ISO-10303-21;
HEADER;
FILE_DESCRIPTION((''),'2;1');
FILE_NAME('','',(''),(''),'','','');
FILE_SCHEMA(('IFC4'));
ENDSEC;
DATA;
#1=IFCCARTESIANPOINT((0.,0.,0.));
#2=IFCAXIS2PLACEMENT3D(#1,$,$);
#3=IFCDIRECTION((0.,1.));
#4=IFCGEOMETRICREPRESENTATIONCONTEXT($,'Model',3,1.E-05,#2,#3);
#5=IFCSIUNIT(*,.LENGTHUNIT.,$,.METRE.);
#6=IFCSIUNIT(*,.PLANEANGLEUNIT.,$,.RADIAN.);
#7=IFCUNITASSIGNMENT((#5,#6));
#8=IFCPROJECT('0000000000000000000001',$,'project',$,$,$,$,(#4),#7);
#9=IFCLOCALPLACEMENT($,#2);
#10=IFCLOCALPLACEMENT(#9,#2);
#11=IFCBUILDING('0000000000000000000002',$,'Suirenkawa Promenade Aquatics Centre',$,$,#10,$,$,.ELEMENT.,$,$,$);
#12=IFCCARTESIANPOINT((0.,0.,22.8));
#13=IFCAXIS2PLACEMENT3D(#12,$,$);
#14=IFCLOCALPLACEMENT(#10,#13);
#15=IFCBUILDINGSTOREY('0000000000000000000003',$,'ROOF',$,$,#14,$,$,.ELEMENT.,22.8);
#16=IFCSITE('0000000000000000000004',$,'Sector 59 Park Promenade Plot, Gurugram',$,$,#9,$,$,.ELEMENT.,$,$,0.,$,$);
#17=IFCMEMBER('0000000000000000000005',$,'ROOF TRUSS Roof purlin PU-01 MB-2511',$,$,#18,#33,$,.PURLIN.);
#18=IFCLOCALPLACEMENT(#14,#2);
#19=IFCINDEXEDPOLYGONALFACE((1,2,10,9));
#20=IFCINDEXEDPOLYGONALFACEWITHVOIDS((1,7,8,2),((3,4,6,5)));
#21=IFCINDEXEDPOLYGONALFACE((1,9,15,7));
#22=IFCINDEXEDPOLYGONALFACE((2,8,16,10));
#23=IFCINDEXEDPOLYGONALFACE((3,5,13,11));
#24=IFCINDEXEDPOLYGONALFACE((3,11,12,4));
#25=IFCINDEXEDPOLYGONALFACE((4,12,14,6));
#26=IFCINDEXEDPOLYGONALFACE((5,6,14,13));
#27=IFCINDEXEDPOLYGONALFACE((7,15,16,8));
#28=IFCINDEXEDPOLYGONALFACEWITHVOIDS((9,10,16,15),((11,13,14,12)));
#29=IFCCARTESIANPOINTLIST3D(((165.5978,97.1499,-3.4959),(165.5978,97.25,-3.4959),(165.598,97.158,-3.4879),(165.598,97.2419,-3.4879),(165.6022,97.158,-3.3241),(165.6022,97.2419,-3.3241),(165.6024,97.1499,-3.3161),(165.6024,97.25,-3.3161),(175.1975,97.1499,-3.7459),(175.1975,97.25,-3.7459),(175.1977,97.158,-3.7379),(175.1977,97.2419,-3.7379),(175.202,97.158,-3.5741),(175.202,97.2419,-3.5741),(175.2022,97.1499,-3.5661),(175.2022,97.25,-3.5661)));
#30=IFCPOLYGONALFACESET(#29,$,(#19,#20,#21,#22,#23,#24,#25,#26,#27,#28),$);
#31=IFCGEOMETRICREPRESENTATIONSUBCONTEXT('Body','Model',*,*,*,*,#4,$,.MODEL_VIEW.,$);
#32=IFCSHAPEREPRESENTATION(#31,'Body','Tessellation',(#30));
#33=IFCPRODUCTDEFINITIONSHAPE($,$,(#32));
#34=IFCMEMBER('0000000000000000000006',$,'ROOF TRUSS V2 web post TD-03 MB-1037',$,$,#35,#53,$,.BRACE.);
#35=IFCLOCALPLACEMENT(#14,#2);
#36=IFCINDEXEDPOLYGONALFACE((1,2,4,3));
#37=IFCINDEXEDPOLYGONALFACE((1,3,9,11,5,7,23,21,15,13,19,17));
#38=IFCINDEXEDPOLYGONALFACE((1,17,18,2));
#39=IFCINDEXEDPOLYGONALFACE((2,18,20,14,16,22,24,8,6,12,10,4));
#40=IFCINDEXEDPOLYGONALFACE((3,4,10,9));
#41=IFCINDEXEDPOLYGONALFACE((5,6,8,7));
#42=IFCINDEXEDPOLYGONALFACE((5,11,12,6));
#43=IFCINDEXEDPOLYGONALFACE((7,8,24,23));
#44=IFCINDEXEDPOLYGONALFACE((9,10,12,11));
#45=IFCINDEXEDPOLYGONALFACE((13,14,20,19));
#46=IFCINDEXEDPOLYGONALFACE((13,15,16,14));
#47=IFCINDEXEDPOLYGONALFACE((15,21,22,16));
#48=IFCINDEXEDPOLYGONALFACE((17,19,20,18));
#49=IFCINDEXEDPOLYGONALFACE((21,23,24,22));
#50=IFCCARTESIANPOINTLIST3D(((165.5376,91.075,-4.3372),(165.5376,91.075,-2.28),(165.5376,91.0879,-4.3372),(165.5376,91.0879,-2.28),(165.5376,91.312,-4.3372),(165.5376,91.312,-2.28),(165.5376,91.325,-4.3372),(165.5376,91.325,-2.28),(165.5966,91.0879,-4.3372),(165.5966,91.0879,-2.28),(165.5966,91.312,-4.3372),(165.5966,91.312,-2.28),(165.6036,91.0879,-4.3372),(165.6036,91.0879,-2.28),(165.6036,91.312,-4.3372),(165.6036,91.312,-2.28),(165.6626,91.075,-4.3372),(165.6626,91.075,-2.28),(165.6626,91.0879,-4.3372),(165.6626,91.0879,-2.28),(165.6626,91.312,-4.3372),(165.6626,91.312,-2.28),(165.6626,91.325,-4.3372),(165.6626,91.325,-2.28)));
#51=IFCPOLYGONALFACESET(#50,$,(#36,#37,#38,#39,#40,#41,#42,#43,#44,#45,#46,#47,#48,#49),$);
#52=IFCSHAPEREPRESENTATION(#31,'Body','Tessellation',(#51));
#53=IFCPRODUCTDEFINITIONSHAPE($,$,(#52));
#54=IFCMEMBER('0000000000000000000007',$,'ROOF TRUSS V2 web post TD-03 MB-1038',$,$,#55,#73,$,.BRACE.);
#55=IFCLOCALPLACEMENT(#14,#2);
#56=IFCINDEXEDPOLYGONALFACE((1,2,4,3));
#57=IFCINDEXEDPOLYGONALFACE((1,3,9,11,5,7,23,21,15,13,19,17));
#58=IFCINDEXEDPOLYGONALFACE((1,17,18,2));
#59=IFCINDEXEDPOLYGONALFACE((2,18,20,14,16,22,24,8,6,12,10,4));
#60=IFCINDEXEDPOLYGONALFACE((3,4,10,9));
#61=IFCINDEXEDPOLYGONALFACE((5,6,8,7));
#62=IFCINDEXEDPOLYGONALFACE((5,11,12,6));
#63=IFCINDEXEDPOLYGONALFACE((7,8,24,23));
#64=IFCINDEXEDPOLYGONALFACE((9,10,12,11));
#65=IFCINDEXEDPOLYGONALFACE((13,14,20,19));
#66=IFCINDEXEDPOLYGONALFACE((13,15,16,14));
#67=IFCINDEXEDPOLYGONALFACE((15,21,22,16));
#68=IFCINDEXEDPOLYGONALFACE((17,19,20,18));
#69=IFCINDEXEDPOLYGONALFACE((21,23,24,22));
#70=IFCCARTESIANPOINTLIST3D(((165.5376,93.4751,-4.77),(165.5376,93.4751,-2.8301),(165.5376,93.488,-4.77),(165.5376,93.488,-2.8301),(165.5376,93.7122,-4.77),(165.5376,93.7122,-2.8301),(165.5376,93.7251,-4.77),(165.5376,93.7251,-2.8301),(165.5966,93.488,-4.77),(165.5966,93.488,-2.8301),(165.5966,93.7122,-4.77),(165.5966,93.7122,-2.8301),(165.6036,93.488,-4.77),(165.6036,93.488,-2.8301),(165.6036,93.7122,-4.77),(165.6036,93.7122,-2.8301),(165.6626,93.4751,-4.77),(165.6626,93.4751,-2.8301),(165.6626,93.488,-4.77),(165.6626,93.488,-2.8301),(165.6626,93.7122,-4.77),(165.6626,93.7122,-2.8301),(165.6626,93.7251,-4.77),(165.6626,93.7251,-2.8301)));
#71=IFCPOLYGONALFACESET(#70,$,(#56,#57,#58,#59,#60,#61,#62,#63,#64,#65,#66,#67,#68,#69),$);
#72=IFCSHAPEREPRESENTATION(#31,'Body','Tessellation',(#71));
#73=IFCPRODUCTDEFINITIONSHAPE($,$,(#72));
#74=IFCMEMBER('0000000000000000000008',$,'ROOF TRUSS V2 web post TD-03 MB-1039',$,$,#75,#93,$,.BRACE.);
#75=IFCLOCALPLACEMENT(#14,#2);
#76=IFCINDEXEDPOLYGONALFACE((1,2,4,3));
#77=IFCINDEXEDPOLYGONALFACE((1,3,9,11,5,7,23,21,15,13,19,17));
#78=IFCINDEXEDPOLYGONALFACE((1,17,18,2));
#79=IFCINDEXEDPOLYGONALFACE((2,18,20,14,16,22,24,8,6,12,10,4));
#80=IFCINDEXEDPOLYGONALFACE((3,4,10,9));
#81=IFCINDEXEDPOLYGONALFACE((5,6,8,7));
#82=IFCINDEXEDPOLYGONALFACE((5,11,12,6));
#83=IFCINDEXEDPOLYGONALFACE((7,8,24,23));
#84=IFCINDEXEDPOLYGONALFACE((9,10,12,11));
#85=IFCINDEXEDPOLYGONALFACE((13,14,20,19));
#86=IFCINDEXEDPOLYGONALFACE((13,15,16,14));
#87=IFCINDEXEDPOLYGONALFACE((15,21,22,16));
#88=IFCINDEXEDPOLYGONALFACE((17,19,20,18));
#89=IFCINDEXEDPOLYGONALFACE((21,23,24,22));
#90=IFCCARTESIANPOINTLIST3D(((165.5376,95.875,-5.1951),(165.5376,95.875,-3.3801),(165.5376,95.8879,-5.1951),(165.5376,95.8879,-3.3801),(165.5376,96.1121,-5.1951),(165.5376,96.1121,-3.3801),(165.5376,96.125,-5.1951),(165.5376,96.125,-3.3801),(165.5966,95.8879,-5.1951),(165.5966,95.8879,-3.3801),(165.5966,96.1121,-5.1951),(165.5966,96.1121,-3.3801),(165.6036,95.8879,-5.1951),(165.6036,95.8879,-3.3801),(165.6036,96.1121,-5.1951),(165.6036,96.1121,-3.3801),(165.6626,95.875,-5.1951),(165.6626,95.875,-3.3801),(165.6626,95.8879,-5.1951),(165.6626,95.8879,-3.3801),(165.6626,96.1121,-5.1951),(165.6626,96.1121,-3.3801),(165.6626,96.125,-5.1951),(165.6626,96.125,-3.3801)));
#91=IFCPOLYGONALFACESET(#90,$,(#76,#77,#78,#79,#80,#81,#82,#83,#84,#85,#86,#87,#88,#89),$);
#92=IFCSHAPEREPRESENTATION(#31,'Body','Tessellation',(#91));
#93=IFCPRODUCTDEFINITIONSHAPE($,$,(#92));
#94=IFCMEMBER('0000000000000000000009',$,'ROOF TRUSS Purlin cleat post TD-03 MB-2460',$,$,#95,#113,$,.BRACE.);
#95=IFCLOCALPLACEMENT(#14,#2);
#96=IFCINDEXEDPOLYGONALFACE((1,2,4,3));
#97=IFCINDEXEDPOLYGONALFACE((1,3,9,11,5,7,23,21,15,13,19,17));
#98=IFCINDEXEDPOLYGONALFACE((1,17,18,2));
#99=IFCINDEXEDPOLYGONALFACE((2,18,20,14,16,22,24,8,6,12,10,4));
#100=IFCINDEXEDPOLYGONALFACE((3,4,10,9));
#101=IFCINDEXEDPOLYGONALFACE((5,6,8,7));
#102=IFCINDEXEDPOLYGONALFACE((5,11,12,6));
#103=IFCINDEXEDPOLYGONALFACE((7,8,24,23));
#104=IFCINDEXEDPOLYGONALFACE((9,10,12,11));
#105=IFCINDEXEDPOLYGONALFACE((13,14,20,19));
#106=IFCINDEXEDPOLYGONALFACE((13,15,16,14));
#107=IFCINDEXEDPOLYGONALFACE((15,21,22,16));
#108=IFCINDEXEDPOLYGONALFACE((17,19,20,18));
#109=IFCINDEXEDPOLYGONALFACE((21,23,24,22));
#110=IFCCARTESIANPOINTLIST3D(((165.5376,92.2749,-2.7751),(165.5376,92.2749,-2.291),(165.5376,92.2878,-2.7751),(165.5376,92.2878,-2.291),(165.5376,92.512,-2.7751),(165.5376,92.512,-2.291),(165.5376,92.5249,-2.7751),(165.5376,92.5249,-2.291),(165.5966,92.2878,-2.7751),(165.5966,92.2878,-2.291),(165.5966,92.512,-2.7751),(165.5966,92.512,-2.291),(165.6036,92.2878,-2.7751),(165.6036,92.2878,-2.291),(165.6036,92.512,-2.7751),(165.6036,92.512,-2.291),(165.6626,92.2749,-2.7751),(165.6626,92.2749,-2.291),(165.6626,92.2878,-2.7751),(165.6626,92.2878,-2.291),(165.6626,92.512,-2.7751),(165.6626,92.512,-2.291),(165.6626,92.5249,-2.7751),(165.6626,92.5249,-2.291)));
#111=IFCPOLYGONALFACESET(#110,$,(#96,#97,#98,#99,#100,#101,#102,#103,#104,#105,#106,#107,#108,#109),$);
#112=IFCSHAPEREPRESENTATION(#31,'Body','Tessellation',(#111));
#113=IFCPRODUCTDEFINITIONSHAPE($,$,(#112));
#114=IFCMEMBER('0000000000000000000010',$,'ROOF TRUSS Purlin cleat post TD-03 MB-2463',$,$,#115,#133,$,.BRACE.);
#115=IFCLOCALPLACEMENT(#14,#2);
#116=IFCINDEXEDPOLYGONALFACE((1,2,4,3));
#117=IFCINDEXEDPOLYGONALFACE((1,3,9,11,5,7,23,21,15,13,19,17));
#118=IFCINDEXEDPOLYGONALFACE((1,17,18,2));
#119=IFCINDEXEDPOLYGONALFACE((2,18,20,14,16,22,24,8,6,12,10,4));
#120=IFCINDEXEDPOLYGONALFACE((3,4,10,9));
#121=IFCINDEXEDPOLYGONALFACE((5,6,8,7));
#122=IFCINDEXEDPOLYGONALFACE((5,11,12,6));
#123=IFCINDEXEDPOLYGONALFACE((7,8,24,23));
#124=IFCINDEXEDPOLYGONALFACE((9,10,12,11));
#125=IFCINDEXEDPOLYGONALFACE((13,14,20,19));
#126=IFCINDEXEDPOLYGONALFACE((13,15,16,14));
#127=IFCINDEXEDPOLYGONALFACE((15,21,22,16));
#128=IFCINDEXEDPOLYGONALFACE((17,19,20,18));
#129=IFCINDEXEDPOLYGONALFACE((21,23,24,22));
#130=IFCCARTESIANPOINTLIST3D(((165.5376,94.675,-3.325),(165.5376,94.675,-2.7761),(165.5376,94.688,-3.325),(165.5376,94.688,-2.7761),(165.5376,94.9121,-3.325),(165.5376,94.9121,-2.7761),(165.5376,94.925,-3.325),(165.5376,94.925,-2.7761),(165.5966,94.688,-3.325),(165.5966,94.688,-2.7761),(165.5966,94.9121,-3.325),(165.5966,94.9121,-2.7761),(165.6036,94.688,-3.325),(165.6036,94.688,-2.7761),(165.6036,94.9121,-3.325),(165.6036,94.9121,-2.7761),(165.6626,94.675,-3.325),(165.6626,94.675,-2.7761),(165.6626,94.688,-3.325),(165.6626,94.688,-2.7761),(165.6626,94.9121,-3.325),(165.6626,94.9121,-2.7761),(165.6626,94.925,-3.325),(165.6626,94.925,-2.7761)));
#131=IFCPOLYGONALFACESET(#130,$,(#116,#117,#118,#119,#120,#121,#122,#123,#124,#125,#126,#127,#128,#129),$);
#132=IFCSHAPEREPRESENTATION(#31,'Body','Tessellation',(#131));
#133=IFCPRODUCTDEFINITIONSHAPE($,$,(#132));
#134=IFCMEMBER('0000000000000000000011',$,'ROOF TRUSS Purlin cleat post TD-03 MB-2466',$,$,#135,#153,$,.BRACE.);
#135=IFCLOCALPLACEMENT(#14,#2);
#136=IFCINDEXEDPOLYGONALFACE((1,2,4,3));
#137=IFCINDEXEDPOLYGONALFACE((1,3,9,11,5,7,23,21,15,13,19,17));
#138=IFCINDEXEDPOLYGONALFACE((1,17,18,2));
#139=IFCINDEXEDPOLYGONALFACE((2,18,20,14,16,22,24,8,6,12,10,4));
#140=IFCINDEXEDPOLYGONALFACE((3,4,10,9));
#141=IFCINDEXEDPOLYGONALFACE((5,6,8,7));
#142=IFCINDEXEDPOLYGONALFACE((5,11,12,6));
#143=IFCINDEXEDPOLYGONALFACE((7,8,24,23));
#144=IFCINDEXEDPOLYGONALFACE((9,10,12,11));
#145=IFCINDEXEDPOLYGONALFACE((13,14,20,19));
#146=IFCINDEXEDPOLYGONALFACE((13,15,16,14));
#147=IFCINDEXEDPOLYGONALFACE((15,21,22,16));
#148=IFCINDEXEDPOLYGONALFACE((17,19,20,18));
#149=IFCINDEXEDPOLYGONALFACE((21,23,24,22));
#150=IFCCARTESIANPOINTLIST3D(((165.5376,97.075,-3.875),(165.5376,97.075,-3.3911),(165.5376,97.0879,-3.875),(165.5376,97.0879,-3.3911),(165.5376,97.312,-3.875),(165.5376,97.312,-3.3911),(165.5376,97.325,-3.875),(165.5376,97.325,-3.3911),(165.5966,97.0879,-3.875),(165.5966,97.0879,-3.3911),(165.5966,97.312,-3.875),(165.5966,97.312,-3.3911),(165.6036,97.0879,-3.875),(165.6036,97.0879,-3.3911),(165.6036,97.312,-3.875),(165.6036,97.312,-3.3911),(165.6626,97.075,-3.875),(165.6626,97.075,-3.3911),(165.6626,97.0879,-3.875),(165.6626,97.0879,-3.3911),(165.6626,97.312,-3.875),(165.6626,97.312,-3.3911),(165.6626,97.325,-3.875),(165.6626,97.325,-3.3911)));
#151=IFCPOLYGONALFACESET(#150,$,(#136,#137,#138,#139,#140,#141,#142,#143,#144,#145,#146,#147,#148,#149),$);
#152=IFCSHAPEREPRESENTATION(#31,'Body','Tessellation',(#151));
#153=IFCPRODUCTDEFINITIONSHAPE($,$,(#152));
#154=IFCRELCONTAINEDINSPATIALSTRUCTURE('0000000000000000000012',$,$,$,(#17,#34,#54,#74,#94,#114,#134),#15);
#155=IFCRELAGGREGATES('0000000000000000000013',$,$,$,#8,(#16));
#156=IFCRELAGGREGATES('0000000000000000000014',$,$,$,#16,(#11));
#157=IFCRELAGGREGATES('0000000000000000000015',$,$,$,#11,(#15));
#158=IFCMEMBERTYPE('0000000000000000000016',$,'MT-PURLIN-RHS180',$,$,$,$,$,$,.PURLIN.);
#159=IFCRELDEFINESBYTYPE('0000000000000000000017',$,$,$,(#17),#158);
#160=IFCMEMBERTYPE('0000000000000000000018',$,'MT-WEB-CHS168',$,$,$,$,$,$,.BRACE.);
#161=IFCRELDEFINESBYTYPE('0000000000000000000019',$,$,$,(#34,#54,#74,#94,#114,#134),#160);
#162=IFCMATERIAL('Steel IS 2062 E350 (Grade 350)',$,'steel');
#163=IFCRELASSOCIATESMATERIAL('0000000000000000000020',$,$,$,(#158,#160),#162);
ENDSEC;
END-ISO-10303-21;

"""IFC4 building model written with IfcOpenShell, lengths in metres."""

from ifc_helpers import new_model, si_unit, direction, frame, origin, origin_2d, place, context, subcontext, project, spatial, hollow_rectangle, i_section, extrude, material, material_profile, profile_set, type_object, element, save


model = new_model("IFC4")

# Units and contexts
model_context = context("Model", 3, precision=1e-05, world=origin(), true_north=direction((0.0, 1.0)))
body_context = subcontext(model_context, "Body", "Model", "MODEL_VIEW")
ifc_project = project(units=[si_unit("LENGTHUNIT", "METRE"), si_unit("PLANEANGLEUNIT", "RADIAN")], contexts=[model_context])

# Site, building, storey
site_placement = place(None, origin())
site = spatial("IfcSite", under=ifc_project, at=site_placement, Name="Sector 59 Park Promenade Plot, Gurugram", CompositionType="ELEMENT", RefElevation=0.0)
building_placement = place(site_placement, origin())
building = spatial("IfcBuilding", under=site, at=building_placement, Name="Suirenkawa Promenade Aquatics Centre", CompositionType="ELEMENT")
storey_placement = place(building_placement, frame((0.0, 0.0, 22.8)))
storey = spatial("IfcBuildingStorey", under=building, at=storey_placement, Name="ROOF", CompositionType="ELEMENT", Elevation=22.8)

# Shared definitions
ifc_material = material(Name="Steel IS 2062 E350 (Grade 350)", Category="steel")

# Members
ifc_material_profile_1 = material_profile(ifc_material, hollow_rectangle(XDim=0.1001, YDim=0.1799, WallThickness=0.0081, at=origin_2d()), Name="RHS 180x100x8", Category="steel")
ifc_profile_set_1 = profile_set([ifc_material_profile_1], Name="Steel IS 2062 E350 (Grade 350)")
member_type_1 = type_object("IfcMemberType", Name="MT-PURLIN-RHS180", PredefinedType="PURLIN", material=ifc_profile_set_1)
for number, where, z_axis, x_axis, name in (
    (1, (165.6001, 97.2, -3.406), (0.999661, 0.0, -0.026033), (0.0, 1.0, 0.0), "ROOF TRUSS Roof purlin PU-01 MB-2511"),
):
    element("IfcMember", number, at=place(storey_placement, frame(where, z_axis=z_axis, x_axis=x_axis)), inside=storey, type_object=member_type_1, Name=name, PredefinedType="PURLIN", context=body_context, shape_type="SweptSolid", body=[
        extrude(hollow_rectangle(XDim=0.1001, YDim=0.1799, WallThickness=0.0081, at=origin_2d()), origin(), (0.0, 0.0, 1.0), 9.603),
    ])
ifc_material_profile_2 = material_profile(ifc_material, i_section(OverallWidth=0.125, OverallDepth=0.25, WebThickness=0.0071, FlangeThickness=0.0129, at=origin_2d()), Name="ISMB 250", Category="steel")
ifc_profile_set_2 = profile_set([ifc_material_profile_2], Name="Steel IS 2062 E350 (Grade 350)")
member_type_2 = type_object("IfcMemberType", Name="MT-WEB-CHS168", PredefinedType="BRACE", material=ifc_profile_set_2)
member_1_placement = place(storey_placement, frame((165.6001, 91.2, -4.3372), z_axis=(0.0, 0.0, 1.0), x_axis=(1.0, 0.0, 0.0)))
element("IfcMember", 2, at=member_1_placement, inside=storey, type_object=member_type_2, Name="ROOF TRUSS V2 web post TD-03 MB-1037", PredefinedType="BRACE", context=body_context, shape_type="SweptSolid", body=[
    extrude(i_section(OverallWidth=0.125, OverallDepth=0.25, WebThickness=0.0071, FlangeThickness=0.0129, at=origin_2d()), origin(), (0.0, 0.0, 1.0), 2.0571),
])
member_2_placement = place(storey_placement, frame((165.6001, 93.6001, -4.77), z_axis=(0.0, 0.0, 1.0), x_axis=(1.0, 0.0, 0.0)))
element("IfcMember", 3, at=member_2_placement, inside=storey, type_object=member_type_2, Name="ROOF TRUSS V2 web post TD-03 MB-1038", PredefinedType="BRACE", context=body_context, shape_type="SweptSolid", body=[
    extrude(i_section(OverallWidth=0.125, OverallDepth=0.25, WebThickness=0.0071, FlangeThickness=0.0129, at=origin_2d()), origin(), (0.0, 0.0, 1.0), 1.9399),
])
member_3_placement = place(storey_placement, frame((165.6001, 96.0, -5.1951), z_axis=(0.0, 0.0, 1.0), x_axis=(1.0, 0.0, 0.0)))
element("IfcMember", 4, at=member_3_placement, inside=storey, type_object=member_type_2, Name="ROOF TRUSS V2 web post TD-03 MB-1039", PredefinedType="BRACE", context=body_context, shape_type="SweptSolid", body=[
    extrude(i_section(OverallWidth=0.125, OverallDepth=0.25, WebThickness=0.0071, FlangeThickness=0.0129, at=origin_2d()), origin(), (0.0, 0.0, 1.0), 1.8149),
])
member_4_placement = place(storey_placement, frame((165.6001, 92.3999, -2.7751), z_axis=(0.0, 0.0, 1.0), x_axis=(1.0, 0.0, 0.0)))
element("IfcMember", 5, at=member_4_placement, inside=storey, type_object=member_type_2, Name="ROOF TRUSS Purlin cleat post TD-03 MB-2460", PredefinedType="BRACE", context=body_context, shape_type="SweptSolid", body=[
    extrude(i_section(OverallWidth=0.125, OverallDepth=0.25, WebThickness=0.0071, FlangeThickness=0.0129, at=origin_2d()), origin(), (0.0, 0.0, 1.0), 0.4841),
])
member_5_placement = place(storey_placement, frame((165.6001, 94.8, -3.325), z_axis=(0.0, 0.0, 1.0), x_axis=(1.0, 0.0, 0.0)))
element("IfcMember", 6, at=member_5_placement, inside=storey, type_object=member_type_2, Name="ROOF TRUSS Purlin cleat post TD-03 MB-2463", PredefinedType="BRACE", context=body_context, shape_type="SweptSolid", body=[
    extrude(i_section(OverallWidth=0.125, OverallDepth=0.25, WebThickness=0.0071, FlangeThickness=0.0129, at=origin_2d()), origin(), (0.0, 0.0, 1.0), 0.5488),
])
member_6_placement = place(storey_placement, frame((165.6001, 97.2, -3.875), z_axis=(0.0, 0.0, 1.0), x_axis=(1.0, 0.0, 0.0)))
element("IfcMember", 7, at=member_6_placement, inside=storey, type_object=member_type_2, Name="ROOF TRUSS Purlin cleat post TD-03 MB-2466", PredefinedType="BRACE", context=body_context, shape_type="SweptSolid", body=[
    extrude(i_section(OverallWidth=0.125, OverallDepth=0.25, WebThickness=0.0071, FlangeThickness=0.0129, at=origin_2d()), origin(), (0.0, 0.0, 1.0), 0.4839),
])

save(model, "model.ifc")
